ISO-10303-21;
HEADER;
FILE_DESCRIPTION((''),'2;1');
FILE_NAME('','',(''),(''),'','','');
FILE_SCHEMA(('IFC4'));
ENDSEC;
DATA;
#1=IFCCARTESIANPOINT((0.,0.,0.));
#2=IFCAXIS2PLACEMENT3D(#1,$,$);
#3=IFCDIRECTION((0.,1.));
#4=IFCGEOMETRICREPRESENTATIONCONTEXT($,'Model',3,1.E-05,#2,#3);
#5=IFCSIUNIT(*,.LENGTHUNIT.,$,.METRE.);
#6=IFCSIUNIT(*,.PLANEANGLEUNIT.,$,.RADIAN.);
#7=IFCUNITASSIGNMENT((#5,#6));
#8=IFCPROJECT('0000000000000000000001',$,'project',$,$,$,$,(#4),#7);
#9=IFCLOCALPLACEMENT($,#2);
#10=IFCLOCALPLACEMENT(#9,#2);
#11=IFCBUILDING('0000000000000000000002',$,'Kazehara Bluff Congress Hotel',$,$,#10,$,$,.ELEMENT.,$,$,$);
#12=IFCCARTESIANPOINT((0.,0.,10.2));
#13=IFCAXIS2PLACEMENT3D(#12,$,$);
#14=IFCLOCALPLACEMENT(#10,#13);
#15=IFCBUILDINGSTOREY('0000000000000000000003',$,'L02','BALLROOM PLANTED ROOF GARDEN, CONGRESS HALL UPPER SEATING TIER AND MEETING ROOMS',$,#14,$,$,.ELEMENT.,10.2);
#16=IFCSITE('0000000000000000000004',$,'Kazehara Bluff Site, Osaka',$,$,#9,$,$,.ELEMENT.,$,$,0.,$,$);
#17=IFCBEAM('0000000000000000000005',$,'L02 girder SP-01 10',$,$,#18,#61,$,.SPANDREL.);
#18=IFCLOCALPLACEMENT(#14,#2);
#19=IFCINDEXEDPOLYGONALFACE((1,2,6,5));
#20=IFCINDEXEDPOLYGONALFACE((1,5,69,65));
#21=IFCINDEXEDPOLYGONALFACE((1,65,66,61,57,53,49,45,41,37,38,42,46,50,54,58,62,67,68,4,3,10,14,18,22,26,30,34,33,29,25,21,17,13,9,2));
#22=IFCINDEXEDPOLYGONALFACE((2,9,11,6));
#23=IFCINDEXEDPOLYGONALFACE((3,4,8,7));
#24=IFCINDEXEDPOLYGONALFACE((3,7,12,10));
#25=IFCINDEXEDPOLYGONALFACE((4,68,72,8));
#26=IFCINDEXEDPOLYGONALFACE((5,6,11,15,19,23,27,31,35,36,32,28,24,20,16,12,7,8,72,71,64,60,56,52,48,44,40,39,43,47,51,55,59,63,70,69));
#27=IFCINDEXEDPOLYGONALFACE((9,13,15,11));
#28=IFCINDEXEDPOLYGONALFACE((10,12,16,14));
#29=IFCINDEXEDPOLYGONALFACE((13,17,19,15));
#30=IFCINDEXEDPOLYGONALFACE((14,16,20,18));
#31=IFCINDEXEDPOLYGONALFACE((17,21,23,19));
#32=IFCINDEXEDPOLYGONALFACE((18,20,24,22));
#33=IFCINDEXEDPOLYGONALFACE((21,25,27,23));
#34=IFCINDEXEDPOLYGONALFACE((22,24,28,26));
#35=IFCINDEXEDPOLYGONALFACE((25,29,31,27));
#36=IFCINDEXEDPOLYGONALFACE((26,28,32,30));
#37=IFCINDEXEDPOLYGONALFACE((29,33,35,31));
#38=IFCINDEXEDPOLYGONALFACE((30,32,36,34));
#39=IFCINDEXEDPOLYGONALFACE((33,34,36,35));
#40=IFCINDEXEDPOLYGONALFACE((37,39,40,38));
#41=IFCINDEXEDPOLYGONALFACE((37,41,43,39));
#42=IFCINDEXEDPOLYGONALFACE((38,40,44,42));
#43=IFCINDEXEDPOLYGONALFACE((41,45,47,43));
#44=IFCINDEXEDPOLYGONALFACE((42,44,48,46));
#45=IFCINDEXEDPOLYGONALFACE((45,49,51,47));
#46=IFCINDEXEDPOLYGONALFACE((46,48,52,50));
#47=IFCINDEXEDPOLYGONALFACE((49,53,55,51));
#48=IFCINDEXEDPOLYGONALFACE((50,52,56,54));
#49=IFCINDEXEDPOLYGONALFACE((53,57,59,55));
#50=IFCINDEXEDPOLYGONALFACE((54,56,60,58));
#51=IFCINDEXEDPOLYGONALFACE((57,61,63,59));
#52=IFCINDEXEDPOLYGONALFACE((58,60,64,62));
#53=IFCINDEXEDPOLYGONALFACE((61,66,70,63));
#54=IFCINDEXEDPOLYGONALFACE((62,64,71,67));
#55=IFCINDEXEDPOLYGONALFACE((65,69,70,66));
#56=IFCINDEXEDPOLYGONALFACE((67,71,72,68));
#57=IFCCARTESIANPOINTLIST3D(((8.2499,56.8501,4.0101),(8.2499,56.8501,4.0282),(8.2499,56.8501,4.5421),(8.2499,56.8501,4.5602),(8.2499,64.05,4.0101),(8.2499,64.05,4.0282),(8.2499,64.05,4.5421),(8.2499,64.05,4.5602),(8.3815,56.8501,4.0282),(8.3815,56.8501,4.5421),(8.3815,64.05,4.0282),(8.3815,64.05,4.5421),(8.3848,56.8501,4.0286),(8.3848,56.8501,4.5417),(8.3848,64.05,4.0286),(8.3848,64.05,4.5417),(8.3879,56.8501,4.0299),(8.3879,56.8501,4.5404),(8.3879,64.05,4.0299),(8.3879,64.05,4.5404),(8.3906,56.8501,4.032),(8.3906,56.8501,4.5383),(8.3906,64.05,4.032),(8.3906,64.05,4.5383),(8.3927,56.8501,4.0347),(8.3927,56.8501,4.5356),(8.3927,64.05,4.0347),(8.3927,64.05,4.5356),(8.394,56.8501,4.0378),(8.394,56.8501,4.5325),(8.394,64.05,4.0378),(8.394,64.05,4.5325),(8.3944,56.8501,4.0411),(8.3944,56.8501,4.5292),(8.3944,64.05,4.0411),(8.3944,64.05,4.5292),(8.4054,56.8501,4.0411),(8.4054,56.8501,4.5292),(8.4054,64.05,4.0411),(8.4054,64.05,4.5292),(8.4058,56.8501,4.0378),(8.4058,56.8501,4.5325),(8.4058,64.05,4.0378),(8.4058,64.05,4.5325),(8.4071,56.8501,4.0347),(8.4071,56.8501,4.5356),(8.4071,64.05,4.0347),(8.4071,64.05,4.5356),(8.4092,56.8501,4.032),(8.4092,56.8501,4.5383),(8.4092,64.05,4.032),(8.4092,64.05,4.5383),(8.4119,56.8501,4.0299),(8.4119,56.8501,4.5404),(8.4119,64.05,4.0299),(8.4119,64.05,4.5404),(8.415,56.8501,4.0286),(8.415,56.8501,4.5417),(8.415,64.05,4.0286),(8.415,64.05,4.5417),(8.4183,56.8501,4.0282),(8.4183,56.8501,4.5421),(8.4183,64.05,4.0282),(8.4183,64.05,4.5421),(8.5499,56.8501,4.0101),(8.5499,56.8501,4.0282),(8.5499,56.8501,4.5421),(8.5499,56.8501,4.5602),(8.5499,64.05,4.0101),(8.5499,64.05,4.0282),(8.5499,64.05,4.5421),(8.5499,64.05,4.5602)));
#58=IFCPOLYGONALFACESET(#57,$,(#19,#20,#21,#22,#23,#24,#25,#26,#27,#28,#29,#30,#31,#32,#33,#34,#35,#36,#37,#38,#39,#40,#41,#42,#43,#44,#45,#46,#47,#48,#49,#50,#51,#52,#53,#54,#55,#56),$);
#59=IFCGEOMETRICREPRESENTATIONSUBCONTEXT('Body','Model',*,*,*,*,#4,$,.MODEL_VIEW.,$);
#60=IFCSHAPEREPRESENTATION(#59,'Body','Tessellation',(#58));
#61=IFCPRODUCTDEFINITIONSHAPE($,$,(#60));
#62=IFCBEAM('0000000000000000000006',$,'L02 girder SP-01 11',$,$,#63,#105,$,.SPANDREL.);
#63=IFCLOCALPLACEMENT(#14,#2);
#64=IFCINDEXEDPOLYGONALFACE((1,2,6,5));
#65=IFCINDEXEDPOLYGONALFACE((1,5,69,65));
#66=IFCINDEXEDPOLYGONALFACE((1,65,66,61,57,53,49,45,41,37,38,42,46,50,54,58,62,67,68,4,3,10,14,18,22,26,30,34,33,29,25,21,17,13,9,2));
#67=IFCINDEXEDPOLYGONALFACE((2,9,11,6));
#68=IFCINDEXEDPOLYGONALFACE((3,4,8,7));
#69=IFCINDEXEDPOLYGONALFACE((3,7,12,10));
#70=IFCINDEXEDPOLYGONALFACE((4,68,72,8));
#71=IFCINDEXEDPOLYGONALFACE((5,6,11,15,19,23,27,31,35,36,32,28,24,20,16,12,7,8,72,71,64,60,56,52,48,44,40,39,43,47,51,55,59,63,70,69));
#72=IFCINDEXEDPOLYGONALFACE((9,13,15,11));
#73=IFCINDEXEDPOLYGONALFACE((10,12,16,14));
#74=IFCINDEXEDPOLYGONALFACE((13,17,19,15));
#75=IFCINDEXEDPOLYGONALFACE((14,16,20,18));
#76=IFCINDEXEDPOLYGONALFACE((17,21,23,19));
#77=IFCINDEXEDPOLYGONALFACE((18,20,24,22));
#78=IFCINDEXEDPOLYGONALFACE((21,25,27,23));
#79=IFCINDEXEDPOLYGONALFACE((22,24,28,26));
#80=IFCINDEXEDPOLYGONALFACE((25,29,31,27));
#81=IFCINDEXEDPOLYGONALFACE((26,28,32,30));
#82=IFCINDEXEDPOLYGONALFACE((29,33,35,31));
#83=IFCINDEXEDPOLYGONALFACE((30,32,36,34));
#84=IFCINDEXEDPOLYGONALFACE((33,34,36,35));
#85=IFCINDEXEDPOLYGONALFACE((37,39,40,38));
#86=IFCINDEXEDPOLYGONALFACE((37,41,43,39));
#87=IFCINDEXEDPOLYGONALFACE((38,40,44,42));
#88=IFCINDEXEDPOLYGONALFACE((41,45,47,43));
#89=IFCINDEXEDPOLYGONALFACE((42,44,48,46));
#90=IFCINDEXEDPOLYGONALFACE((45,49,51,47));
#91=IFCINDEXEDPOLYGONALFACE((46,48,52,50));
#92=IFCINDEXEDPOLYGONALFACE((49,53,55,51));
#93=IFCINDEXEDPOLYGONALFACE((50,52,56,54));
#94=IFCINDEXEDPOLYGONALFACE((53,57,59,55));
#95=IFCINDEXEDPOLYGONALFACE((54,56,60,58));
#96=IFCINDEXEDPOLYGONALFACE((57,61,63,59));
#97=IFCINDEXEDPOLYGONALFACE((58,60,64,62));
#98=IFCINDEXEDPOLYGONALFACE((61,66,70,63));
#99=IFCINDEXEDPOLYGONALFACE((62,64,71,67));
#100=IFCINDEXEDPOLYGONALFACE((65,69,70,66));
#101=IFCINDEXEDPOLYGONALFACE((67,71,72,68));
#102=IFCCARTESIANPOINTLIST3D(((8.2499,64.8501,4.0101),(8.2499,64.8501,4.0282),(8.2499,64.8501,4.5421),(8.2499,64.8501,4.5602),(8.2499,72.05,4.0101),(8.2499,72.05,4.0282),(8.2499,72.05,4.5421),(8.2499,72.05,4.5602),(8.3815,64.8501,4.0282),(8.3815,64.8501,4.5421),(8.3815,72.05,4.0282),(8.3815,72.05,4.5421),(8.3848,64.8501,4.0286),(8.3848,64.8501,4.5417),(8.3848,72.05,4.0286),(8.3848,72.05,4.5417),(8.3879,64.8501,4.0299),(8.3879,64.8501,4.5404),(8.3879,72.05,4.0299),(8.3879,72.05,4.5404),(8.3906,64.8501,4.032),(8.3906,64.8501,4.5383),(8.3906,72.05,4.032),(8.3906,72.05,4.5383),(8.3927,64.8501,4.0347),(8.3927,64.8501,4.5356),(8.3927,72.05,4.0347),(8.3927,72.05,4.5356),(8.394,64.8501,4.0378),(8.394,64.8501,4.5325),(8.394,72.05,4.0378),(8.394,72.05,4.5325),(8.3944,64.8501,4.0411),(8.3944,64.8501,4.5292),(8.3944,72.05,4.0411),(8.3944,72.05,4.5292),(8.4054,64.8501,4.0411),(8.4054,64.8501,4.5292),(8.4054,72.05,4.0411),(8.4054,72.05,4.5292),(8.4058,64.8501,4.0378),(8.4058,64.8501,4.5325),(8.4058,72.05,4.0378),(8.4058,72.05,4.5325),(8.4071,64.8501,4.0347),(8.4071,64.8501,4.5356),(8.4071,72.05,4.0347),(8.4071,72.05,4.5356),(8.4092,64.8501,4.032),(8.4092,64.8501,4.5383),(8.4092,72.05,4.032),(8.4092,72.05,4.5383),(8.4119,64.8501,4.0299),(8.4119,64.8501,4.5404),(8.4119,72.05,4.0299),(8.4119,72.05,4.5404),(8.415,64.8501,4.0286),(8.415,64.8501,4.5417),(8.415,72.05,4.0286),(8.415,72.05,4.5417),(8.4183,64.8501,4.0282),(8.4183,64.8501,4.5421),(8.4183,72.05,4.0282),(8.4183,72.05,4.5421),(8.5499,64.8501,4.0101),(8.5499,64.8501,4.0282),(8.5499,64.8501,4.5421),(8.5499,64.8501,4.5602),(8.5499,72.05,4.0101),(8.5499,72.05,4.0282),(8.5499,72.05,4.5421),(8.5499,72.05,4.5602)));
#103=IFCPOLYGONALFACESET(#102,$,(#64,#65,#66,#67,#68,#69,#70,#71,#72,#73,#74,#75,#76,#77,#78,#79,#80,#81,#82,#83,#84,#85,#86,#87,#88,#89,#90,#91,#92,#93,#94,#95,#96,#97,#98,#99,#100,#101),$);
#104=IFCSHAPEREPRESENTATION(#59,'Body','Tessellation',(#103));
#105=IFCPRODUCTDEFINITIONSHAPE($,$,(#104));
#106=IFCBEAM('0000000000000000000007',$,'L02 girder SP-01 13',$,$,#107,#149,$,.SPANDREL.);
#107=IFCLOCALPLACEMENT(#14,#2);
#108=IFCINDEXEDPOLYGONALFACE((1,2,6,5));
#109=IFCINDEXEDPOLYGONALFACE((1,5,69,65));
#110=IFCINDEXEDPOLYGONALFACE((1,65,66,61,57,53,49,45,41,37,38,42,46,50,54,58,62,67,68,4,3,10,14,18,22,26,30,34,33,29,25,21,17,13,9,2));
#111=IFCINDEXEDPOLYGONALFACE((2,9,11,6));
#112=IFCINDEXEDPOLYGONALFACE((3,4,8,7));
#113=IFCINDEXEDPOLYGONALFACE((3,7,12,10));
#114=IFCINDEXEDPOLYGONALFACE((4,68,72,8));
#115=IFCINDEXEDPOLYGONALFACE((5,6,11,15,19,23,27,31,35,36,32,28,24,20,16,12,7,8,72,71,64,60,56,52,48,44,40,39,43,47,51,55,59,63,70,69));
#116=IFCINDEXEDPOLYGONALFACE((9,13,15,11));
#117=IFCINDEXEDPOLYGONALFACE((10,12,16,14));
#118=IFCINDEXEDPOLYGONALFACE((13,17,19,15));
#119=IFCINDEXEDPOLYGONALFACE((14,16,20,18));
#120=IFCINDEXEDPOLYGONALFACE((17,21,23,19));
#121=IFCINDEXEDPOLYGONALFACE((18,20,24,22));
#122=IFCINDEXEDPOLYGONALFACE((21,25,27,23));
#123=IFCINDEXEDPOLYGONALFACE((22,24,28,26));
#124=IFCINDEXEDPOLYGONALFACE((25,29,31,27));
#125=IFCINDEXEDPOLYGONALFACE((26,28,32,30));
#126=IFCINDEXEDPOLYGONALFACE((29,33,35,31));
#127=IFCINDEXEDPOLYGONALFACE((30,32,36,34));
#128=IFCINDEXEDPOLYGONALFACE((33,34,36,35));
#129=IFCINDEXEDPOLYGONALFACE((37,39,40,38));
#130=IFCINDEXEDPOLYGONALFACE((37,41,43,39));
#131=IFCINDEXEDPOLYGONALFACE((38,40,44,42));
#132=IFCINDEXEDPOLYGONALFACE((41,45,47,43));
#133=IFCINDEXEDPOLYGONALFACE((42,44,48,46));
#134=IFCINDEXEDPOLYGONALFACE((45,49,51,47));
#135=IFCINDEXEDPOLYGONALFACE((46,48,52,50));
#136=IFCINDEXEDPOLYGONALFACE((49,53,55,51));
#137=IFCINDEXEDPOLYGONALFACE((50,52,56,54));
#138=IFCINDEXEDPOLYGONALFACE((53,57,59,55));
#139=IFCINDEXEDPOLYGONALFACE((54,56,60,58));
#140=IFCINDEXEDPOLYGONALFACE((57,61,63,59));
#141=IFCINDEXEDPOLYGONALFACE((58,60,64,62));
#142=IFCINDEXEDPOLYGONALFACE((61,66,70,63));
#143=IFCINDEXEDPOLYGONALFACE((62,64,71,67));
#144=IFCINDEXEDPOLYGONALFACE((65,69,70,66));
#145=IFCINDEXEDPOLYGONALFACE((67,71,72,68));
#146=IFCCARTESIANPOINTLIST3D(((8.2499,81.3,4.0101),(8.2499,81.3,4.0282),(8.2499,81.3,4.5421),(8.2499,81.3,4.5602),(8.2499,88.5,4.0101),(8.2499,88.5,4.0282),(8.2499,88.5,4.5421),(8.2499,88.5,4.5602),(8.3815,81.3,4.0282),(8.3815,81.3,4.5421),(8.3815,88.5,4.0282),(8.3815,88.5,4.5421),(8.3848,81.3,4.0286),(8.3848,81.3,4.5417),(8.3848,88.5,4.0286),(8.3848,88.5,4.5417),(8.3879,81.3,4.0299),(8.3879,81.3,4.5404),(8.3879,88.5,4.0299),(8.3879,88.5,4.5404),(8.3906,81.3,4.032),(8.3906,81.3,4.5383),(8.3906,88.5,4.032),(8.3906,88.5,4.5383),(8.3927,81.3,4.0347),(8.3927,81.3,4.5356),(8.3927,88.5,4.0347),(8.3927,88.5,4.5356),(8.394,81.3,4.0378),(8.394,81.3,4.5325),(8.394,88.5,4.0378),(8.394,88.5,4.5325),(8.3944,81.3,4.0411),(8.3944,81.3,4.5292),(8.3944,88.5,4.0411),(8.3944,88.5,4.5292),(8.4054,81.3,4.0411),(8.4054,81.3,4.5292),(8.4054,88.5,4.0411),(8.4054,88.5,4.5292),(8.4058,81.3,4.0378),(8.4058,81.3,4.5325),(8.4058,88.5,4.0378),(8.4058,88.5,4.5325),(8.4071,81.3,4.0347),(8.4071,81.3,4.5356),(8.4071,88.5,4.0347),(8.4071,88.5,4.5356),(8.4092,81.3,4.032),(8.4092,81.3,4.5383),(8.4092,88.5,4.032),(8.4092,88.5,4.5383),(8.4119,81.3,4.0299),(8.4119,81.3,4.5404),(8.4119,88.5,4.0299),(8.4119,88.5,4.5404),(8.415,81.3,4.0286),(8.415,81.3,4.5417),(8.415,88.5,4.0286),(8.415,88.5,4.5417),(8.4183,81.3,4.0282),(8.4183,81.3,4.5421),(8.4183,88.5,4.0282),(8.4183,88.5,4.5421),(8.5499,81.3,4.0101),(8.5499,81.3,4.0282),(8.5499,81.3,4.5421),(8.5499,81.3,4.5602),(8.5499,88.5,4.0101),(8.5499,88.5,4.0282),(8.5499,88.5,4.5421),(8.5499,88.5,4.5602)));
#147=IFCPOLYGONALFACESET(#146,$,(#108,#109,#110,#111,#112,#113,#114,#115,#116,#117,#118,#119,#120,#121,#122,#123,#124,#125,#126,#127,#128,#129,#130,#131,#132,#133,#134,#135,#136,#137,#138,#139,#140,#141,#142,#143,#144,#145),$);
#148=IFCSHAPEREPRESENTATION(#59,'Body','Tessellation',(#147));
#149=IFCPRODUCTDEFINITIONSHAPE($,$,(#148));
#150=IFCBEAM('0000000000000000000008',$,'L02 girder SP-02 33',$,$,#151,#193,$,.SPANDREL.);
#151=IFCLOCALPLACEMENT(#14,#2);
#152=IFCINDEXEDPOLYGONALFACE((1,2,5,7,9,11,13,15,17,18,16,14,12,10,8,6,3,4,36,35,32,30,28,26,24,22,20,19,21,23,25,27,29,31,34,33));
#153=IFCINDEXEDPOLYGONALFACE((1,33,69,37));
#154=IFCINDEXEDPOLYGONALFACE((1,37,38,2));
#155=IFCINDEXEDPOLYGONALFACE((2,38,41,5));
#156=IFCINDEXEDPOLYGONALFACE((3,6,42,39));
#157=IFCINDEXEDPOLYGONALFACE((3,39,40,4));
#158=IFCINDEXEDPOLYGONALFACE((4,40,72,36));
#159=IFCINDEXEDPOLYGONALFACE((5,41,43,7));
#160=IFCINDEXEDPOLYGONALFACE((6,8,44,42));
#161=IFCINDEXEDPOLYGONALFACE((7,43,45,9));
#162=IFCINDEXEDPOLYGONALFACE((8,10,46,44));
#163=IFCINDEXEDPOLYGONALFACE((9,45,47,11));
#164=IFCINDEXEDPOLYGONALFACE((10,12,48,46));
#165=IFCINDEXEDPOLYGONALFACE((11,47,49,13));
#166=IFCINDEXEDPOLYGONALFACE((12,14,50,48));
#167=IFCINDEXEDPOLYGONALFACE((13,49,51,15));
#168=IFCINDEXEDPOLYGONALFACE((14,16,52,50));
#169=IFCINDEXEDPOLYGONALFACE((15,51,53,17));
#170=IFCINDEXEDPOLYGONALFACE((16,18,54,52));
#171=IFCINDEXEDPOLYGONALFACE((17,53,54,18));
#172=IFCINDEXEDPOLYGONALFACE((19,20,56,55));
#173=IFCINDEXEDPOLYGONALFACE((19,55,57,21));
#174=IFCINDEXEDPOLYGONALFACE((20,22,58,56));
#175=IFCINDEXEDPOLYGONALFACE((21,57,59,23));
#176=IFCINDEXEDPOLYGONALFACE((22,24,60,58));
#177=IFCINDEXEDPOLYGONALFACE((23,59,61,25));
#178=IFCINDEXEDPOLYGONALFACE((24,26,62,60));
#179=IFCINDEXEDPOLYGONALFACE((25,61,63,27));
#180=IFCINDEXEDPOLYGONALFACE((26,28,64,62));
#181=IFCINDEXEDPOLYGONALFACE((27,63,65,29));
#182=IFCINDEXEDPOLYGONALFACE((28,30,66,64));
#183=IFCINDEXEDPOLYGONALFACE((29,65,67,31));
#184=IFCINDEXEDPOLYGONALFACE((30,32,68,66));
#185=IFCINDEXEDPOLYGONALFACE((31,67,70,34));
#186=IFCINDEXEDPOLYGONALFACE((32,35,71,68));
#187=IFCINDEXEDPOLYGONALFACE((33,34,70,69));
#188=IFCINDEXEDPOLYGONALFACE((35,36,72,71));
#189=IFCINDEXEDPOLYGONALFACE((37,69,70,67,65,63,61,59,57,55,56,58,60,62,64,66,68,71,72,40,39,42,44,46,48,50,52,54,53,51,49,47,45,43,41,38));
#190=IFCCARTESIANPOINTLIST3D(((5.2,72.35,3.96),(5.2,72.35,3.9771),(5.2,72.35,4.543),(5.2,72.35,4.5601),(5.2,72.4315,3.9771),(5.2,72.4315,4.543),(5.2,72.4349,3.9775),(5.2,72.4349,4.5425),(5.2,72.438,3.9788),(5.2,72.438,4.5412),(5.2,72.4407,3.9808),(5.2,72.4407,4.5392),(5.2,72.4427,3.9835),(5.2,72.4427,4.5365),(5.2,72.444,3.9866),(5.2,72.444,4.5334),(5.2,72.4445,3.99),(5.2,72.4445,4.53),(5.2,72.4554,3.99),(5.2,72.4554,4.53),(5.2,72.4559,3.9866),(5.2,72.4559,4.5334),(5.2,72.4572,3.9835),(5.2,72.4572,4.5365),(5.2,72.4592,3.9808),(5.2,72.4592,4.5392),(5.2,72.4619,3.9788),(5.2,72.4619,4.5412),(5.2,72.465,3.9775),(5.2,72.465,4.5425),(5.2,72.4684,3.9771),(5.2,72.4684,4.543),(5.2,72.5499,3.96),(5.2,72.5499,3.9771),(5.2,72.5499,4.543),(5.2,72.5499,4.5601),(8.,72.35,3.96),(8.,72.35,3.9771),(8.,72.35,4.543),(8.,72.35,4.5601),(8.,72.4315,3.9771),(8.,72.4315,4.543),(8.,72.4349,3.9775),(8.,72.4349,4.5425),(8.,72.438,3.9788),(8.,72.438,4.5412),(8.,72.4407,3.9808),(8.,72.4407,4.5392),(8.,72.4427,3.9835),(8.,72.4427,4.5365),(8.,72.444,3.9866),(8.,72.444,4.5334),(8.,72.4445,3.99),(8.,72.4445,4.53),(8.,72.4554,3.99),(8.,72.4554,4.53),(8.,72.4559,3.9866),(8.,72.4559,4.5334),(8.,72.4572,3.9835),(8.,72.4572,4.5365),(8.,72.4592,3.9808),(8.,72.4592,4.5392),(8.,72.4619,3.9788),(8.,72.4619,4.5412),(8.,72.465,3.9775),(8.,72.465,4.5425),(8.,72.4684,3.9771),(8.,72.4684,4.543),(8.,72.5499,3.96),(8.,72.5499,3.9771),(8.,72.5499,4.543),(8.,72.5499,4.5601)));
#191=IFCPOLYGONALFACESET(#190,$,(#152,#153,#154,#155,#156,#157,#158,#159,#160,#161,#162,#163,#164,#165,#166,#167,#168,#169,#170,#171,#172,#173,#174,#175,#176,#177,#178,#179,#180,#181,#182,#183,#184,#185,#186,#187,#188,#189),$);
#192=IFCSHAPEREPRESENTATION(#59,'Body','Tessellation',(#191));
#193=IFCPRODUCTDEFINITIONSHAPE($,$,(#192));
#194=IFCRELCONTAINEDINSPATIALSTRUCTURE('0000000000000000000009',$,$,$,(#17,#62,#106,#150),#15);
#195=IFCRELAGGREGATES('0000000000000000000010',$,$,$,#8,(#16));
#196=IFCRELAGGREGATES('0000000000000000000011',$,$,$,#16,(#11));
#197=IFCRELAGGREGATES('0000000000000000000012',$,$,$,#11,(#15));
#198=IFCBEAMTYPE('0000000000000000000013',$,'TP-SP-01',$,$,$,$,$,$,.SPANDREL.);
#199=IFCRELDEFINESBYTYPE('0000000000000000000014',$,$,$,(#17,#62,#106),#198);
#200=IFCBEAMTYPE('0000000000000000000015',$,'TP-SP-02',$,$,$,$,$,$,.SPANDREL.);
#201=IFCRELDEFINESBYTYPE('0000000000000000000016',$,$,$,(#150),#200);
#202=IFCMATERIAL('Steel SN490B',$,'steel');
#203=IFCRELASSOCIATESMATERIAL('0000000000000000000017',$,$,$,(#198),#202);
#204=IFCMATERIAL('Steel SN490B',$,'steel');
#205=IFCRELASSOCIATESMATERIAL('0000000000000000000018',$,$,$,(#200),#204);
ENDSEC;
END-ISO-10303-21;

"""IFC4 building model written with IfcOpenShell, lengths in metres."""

from ifc_helpers import new_model, si_unit, direction, frame, origin, origin_2d, place, context, subcontext, project, spatial, i_section, extrude, material, material_profile, profile_set, type_object, element, save


model = new_model("IFC4")

# Units and contexts
model_context = context("Model", 3, precision=1e-05, world=origin(), true_north=direction((0.0, 1.0)))
body_context = subcontext(model_context, "Body", "Model", "MODEL_VIEW")
ifc_project = project(units=[si_unit("LENGTHUNIT", "METRE"), si_unit("PLANEANGLEUNIT", "RADIAN")], contexts=[model_context])

# Site, building, storey
site_placement = place(None, origin())
site = spatial("IfcSite", under=ifc_project, at=site_placement, Name="Kazehara Bluff Site, Osaka", CompositionType="ELEMENT", RefElevation=0.0)
building_placement = place(site_placement, origin())
building = spatial("IfcBuilding", under=site, at=building_placement, Name="Kazehara Bluff Congress Hotel", CompositionType="ELEMENT")
storey_placement = place(building_placement, frame((0.0, 0.0, 10.2)))
storey = spatial("IfcBuildingStorey", under=building, at=storey_placement, Name="L02", Description="BALLROOM PLANTED ROOF GARDEN, CONGRESS HALL UPPER SEATING TIER AND MEETING ROOMS", CompositionType="ELEMENT", Elevation=10.2)

# Beams
ifc_material_1 = material(Name="Steel SN490B", Category="steel")
ifc_material_profile_1 = material_profile(ifc_material_1, i_section(OverallWidth=0.3, OverallDepth=0.55, WebThickness=0.011, FlangeThickness=0.0181, FilletRadius=0.0129, at=origin_2d()))
ifc_profile_set_1 = profile_set([ifc_material_profile_1], Name="Steel SN490B")
beam_type_1 = type_object("IfcBeamType", Name="TP-SP-01", PredefinedType="SPANDREL", material=ifc_profile_set_1)
for number, where, z_axis, x_axis, name in (
    (1, (8.3999, 56.8501, 4.2852), (0.0, 1.0, 0.0), (-1.0, 0.0, 0.0), "L02 girder SP-01 10"),
    (2, (8.3999, 64.8501, 4.2852), (0.0, 1.0, 0.0), (-1.0, 0.0, 0.0), "L02 girder SP-01 11"),
    (3, (8.3999, 81.3, 4.2852), (0.0, 1.0, 0.0), (-1.0, 0.0, 0.0), "L02 girder SP-01 13"),
):
    element("IfcBeam", number, at=place(storey_placement, frame(where, z_axis=z_axis, x_axis=x_axis)), inside=storey, type_object=beam_type_1, Name=name, PredefinedType="SPANDREL", context=body_context, shape_type="SweptSolid", body=[
        extrude(i_section(OverallWidth=0.3, OverallDepth=0.55, WebThickness=0.011, FlangeThickness=0.0181, FilletRadius=0.0129, at=origin_2d()), origin(), (0.0, 0.0, 1.0), 7.2),
    ])
ifc_material_2 = material(Name="Steel SN490B", Category="steel")
ifc_material_profile_2 = material_profile(ifc_material_2, i_section(OverallWidth=0.2, OverallDepth=0.6001, WebThickness=0.011, FlangeThickness=0.0171, FilletRadius=0.0129, at=origin_2d()))
ifc_profile_set_2 = profile_set([ifc_material_profile_2], Name="Steel SN490B")
beam_type_2 = type_object("IfcBeamType", Name="TP-SP-02", PredefinedType="SPANDREL", material=ifc_profile_set_2)
for number, where, z_axis, x_axis, name in (
    (4, (5.2, 72.45, 4.26), (1.0, 0.0, 0.0), (0.0, 1.0, 0.0), "L02 girder SP-02 33"),
):
    element("IfcBeam", number, at=place(storey_placement, frame(where, z_axis=z_axis, x_axis=x_axis)), inside=storey, type_object=beam_type_2, Name=name, PredefinedType="SPANDREL", context=body_context, shape_type="SweptSolid", body=[
        extrude(i_section(OverallWidth=0.2, OverallDepth=0.6001, WebThickness=0.011, FlangeThickness=0.0171, FilletRadius=0.0129, at=origin_2d()), origin(), (0.0, 0.0, 1.0), 2.8),
    ])

save(model, "model.ifc")
